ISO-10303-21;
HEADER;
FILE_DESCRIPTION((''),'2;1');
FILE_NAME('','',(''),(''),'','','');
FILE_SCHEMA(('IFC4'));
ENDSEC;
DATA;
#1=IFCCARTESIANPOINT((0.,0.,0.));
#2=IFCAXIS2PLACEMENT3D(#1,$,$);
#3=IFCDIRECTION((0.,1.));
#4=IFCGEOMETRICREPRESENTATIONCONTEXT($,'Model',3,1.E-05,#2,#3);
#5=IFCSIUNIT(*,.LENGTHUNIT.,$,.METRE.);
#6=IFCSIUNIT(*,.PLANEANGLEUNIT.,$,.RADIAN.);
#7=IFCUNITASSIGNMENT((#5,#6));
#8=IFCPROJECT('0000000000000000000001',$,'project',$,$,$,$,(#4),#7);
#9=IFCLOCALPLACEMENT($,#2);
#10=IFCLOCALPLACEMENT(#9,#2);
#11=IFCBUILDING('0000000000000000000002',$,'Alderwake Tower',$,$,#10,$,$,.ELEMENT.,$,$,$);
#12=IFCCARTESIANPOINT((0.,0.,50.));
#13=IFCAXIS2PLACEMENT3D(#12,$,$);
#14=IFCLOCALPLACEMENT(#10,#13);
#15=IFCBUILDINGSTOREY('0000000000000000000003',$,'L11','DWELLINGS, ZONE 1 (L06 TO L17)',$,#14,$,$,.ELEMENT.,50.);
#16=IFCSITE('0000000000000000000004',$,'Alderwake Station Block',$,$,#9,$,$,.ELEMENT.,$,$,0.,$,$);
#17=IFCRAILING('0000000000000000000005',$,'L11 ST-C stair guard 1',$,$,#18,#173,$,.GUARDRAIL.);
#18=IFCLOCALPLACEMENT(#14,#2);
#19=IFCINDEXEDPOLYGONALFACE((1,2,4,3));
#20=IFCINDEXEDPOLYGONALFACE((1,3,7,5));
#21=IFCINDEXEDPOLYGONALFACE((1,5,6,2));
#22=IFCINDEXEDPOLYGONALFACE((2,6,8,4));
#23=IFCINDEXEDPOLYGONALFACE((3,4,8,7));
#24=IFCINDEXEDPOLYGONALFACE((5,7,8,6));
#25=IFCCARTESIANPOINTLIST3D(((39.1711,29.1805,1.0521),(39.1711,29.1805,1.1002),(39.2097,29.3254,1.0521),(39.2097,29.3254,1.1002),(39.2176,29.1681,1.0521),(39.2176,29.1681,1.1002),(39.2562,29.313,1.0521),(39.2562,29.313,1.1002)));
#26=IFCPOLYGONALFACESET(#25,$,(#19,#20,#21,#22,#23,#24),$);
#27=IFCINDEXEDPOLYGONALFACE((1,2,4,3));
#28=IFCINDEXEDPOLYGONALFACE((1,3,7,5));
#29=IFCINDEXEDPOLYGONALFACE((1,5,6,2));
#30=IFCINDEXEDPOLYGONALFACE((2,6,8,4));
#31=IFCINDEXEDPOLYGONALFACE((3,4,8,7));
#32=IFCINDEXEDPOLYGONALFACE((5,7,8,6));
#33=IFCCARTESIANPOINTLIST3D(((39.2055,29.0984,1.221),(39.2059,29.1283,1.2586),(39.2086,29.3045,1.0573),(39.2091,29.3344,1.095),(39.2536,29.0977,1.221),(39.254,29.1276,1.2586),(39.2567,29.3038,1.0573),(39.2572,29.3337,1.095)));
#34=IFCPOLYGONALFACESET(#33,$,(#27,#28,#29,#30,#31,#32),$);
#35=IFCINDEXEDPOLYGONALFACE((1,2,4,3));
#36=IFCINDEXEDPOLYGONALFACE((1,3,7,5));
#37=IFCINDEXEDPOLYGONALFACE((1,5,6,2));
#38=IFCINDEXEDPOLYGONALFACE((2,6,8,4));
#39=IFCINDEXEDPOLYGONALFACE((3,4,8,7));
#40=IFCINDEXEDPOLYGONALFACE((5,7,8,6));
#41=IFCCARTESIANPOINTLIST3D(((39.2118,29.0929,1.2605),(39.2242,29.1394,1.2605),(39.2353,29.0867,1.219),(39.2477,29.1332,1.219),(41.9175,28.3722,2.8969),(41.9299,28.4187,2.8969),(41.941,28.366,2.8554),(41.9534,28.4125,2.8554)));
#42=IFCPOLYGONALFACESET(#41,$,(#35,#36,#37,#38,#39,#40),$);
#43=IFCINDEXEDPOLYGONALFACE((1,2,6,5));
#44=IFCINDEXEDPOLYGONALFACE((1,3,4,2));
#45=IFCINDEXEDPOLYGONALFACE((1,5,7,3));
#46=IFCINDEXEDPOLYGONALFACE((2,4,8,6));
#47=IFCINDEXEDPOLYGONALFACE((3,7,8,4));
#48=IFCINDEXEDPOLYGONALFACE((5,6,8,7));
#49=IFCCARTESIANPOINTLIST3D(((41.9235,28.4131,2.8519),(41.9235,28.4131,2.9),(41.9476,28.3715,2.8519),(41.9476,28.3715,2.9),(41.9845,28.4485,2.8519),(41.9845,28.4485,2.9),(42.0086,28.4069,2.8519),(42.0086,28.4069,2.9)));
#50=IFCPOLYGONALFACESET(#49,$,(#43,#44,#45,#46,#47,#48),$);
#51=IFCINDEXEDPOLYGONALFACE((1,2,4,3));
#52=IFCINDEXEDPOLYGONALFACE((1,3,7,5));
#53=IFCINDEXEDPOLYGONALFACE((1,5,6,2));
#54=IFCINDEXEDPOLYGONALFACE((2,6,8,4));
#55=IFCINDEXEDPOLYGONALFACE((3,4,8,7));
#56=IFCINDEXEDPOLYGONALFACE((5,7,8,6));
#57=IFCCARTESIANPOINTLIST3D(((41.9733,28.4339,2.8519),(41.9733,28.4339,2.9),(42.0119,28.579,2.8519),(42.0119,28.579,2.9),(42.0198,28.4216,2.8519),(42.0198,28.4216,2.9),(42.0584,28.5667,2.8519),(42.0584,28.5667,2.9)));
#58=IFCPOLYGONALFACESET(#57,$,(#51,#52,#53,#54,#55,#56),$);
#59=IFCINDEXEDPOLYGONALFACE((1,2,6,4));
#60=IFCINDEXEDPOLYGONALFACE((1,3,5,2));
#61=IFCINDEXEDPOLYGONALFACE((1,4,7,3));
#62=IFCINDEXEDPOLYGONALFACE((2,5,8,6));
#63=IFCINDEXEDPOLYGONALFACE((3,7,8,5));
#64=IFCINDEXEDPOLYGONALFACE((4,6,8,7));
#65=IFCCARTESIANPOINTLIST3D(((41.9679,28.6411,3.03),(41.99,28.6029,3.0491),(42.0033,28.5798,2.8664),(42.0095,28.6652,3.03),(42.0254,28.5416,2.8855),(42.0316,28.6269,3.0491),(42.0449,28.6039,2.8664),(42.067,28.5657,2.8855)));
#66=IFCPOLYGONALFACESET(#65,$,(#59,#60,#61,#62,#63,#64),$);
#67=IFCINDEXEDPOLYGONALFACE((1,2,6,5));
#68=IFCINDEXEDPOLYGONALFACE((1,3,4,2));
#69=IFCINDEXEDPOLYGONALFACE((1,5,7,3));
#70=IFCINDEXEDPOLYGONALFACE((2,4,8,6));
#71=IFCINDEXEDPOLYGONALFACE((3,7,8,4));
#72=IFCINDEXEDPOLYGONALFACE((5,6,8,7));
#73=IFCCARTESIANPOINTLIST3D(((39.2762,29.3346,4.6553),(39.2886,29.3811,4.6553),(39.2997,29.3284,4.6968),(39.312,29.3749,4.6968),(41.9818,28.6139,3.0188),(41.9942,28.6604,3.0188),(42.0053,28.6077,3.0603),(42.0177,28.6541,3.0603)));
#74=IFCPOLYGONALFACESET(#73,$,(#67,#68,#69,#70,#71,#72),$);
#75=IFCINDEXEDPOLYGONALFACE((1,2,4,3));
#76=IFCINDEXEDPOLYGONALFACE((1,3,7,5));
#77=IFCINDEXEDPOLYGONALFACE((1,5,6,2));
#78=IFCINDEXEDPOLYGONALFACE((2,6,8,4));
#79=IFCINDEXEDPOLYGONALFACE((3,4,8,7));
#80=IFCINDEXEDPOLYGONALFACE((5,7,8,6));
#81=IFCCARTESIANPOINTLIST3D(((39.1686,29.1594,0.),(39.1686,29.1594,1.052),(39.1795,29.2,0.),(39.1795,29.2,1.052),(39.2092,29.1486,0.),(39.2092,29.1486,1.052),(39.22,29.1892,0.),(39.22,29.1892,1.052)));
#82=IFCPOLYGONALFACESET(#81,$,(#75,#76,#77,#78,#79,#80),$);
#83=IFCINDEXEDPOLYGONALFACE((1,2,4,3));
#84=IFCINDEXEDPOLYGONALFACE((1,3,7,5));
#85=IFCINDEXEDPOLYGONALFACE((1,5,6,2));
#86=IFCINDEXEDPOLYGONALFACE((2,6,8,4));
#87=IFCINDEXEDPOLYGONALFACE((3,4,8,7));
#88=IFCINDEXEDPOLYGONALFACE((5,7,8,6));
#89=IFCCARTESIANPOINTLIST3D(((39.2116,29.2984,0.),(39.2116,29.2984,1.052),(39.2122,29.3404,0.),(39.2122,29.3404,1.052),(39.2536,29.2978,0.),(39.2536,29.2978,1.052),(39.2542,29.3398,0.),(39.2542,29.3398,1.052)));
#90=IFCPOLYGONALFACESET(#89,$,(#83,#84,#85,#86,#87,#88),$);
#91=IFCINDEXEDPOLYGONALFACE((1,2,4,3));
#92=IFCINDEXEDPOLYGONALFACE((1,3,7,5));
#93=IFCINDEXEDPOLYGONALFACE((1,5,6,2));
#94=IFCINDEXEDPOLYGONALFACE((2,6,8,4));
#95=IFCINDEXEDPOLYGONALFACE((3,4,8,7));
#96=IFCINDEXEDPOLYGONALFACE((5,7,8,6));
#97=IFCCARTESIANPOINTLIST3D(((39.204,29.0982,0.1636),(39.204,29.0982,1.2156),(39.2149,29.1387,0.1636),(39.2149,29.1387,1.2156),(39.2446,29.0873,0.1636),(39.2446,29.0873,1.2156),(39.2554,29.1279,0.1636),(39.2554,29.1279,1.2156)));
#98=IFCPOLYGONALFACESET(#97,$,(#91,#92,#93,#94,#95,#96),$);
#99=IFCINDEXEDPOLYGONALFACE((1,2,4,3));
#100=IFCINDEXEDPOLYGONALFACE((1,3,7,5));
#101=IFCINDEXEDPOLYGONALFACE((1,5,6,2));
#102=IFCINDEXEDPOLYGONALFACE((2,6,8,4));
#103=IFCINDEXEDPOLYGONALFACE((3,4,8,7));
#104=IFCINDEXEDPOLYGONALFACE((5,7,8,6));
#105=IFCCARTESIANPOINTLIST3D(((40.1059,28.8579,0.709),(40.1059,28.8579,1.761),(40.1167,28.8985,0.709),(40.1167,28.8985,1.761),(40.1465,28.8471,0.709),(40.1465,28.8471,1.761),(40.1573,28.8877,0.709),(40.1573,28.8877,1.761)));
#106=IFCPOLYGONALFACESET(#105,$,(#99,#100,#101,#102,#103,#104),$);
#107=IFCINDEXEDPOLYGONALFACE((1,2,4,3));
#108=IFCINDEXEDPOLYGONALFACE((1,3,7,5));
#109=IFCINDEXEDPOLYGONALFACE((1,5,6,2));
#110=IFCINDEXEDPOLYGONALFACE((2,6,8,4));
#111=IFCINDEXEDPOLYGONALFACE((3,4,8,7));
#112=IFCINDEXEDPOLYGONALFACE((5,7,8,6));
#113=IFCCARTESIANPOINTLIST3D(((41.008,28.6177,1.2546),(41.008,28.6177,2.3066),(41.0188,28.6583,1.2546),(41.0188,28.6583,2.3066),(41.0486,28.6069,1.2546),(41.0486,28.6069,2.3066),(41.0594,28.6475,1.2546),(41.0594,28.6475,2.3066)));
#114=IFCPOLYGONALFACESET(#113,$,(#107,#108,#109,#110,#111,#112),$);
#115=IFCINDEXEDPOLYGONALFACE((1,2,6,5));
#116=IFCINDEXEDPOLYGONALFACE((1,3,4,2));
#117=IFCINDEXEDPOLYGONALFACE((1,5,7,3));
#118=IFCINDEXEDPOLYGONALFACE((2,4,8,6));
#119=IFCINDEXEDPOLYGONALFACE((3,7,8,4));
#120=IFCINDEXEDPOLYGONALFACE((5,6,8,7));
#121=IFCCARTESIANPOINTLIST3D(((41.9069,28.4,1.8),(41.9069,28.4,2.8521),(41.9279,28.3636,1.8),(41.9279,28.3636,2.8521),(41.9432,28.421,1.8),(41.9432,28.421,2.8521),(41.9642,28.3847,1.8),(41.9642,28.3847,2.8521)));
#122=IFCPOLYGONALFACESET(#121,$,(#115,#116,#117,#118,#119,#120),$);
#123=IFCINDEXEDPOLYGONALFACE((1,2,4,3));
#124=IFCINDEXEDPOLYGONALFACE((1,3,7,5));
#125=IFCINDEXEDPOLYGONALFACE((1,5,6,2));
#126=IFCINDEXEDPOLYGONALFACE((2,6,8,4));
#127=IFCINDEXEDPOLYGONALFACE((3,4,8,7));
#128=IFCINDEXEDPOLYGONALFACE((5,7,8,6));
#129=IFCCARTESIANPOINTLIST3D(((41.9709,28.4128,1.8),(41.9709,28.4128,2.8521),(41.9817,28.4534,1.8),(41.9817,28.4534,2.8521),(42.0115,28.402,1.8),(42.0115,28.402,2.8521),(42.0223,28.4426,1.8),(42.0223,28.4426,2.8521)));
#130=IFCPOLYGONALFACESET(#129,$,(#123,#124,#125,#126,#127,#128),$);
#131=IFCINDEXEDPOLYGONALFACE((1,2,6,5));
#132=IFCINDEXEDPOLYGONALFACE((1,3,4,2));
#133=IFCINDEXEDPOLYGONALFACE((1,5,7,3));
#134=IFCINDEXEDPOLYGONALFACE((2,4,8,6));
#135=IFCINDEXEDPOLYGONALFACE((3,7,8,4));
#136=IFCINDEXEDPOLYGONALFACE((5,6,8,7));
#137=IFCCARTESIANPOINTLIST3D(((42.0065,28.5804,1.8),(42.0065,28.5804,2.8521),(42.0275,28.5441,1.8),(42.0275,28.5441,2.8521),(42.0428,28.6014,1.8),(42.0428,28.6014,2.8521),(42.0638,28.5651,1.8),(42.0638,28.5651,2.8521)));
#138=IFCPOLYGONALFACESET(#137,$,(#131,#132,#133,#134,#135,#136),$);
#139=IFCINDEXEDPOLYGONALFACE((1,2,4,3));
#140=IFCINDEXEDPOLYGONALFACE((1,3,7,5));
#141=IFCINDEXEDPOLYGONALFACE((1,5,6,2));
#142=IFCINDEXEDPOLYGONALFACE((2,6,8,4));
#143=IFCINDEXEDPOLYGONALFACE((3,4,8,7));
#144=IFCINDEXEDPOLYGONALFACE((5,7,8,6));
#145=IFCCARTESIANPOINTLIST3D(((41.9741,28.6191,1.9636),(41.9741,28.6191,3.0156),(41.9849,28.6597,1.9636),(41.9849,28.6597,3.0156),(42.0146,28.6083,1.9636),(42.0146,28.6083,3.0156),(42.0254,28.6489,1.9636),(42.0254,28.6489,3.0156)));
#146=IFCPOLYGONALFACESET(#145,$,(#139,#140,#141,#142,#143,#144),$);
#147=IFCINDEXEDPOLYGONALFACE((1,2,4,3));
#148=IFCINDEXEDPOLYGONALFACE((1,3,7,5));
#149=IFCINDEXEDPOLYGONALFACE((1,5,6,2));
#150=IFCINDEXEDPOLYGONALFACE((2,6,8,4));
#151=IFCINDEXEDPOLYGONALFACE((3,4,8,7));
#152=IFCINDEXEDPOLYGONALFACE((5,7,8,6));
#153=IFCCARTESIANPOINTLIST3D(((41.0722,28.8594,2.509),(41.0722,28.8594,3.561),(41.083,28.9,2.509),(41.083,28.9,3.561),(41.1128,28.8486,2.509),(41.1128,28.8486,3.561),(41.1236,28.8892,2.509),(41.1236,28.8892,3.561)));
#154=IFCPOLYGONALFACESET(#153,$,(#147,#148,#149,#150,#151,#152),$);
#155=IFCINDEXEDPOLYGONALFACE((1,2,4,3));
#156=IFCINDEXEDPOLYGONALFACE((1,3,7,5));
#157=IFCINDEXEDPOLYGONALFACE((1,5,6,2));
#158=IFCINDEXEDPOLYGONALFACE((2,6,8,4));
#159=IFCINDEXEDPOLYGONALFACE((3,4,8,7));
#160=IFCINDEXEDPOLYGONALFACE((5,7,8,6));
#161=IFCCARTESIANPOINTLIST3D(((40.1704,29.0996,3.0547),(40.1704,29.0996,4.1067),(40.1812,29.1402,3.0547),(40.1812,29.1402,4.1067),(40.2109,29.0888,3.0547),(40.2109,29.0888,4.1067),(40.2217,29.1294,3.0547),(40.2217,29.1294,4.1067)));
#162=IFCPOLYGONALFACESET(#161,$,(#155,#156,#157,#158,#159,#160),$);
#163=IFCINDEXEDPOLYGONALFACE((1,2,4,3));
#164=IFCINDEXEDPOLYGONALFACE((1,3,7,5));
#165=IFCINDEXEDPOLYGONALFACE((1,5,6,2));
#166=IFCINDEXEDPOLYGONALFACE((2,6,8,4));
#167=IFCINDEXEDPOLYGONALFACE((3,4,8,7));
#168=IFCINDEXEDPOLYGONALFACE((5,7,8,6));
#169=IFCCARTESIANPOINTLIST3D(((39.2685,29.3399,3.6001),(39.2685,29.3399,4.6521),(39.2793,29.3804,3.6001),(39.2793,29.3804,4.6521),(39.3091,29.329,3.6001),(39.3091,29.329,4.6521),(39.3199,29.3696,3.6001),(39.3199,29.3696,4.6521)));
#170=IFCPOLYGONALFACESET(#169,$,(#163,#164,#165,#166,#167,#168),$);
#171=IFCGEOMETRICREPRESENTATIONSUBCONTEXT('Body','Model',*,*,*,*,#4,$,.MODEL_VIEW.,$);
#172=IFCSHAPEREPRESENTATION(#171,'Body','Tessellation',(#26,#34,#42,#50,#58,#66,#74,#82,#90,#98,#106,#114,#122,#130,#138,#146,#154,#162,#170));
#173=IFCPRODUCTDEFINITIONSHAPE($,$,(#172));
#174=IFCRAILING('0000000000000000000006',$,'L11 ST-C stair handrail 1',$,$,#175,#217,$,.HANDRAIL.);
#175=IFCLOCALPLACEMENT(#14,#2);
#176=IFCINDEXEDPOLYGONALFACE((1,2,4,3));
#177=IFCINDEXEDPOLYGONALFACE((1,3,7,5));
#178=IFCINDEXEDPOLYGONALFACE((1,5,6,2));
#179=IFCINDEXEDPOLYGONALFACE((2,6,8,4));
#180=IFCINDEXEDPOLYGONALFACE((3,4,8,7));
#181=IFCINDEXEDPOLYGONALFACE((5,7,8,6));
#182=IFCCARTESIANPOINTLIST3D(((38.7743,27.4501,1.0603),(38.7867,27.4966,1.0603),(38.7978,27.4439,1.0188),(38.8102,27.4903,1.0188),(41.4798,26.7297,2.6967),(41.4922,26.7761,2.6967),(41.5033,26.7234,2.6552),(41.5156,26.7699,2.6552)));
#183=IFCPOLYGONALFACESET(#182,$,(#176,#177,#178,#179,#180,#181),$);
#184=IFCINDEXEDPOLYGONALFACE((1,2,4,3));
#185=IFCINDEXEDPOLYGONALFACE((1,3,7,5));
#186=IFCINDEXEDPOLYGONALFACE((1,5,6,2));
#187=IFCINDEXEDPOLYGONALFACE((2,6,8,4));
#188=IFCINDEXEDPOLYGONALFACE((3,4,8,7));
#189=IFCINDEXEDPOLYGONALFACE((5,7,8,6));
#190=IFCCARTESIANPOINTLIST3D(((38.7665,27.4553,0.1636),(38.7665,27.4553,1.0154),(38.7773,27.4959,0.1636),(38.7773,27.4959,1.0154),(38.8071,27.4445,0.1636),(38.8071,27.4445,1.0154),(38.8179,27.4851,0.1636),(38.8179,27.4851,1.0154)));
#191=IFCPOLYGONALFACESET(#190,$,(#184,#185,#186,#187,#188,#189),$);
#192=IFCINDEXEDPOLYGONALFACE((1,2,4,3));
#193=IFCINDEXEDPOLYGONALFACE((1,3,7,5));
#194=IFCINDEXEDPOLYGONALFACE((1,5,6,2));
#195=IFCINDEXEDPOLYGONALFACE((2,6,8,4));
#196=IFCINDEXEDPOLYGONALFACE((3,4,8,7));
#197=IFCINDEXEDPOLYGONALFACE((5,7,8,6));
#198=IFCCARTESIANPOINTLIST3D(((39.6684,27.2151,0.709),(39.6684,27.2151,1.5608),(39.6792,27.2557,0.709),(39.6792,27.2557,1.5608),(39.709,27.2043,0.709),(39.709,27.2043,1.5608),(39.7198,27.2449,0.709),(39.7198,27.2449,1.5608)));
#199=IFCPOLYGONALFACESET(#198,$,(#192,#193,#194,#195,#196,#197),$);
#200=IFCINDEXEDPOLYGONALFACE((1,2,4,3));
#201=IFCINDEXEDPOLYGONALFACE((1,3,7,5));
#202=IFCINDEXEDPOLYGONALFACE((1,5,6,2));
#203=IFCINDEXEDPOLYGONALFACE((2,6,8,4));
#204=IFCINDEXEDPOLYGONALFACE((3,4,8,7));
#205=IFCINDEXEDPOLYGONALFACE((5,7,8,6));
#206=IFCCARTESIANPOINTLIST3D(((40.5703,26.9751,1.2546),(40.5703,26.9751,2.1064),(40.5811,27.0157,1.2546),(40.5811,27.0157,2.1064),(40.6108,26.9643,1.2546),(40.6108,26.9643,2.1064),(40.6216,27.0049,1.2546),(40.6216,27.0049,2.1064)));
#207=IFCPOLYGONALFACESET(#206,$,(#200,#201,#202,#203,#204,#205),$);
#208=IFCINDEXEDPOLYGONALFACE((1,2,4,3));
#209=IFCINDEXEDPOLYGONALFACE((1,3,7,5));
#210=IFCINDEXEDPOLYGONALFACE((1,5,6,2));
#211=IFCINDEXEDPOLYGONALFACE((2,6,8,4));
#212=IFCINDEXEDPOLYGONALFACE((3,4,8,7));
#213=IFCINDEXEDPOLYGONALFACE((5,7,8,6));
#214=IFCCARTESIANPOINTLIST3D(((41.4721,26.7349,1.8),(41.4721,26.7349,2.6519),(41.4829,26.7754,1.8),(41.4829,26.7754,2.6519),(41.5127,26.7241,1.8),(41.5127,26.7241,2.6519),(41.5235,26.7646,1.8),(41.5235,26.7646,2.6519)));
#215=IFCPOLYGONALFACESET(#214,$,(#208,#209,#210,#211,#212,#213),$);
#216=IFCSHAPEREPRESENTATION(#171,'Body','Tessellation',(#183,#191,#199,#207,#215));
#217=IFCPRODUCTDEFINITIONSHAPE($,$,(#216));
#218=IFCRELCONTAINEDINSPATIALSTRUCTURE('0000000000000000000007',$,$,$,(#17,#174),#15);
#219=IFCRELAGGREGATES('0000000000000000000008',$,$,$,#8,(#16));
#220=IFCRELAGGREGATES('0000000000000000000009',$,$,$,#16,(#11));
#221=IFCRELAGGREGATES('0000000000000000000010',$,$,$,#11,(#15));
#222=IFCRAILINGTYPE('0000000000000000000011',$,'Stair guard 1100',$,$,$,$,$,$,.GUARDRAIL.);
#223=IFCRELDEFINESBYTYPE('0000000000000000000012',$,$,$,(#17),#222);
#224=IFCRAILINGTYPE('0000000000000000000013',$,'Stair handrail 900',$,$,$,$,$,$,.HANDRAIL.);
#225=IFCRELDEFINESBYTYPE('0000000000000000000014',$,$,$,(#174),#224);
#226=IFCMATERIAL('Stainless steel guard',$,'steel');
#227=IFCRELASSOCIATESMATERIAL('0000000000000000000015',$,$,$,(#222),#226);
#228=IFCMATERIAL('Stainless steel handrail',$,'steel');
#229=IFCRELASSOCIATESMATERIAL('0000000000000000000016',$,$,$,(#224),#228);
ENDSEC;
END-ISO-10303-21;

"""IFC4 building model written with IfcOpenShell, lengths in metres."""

from ifc_helpers import new_model, si_unit, direction, frame, origin, origin_2d, place, context, subcontext, project, spatial, rectangle, extrude, material, type_object, element, save


model = new_model("IFC4")

# Units and contexts
model_context = context("Model", 3, precision=1e-05, world=origin(), true_north=direction((0.0, 1.0)))
body_context = subcontext(model_context, "Body", "Model", "MODEL_VIEW")
ifc_project = project(units=[si_unit("LENGTHUNIT", "METRE"), si_unit("PLANEANGLEUNIT", "RADIAN")], contexts=[model_context])

# Site, building, storey
site_placement = place(None, origin())
site = spatial("IfcSite", under=ifc_project, at=site_placement, Name="Alderwake Station Block", CompositionType="ELEMENT", RefElevation=0.0)
building_placement = place(site_placement, origin())
building = spatial("IfcBuilding", under=site, at=building_placement, Name="Alderwake Tower", CompositionType="ELEMENT")
storey_placement = place(building_placement, frame((0.0, 0.0, 50.0)))
storey = spatial("IfcBuildingStorey", under=building, at=storey_placement, Name="L11", Description="DWELLINGS, ZONE 1 (L06 TO L17)", CompositionType="ELEMENT", Elevation=50.0)

# Railings
ifc_material_1 = material(Name="Stainless steel guard", Category="steel")
railing_type_1 = type_object("IfcRailingType", Name="Stair guard 1100", PredefinedType="GUARDRAIL", material=ifc_material_1)
railing_1_placement = place(storey_placement, frame((39.1943, 29.1743, 0.0)))
element("IfcRailing", 1, at=railing_1_placement, inside=storey, type_object=railing_type_1, Name="L11 ST-C stair guard 1", PredefinedType="GUARDRAIL", context=body_context, shape_type="SweptSolid", body=[
    extrude(rectangle(XDim=0.0481, YDim=0.0481, at=origin_2d()), frame((0.0, 0.0, 1.0762), z_axis=(0.25746, 0.966289, 0.0), x_axis=(-0.966289, 0.25746, 0.0)), (0.0, 0.0, 1.0), 0.1499),
    extrude(rectangle(XDim=0.0481, YDim=0.0481, at=origin_2d()), frame((0.0386, 0.1448, 1.0762), z_axis=(-0.012063, -0.78316, 0.621703), x_axis=(0.999881, -0.015401, 0.0)), (0.0, 0.0, 1.0), 0.2632),
    extrude(rectangle(XDim=0.0481, YDim=0.0481, at=origin_2d()), frame((0.0354, -0.0613, 1.2397), z_axis=(0.834282, -0.222214, 0.504574), x_axis=(0.25738, 0.96631, 0.0)), (0.0, 0.0, 1.0), 3.2432),
    extrude(rectangle(XDim=0.0481, YDim=0.0481, at=origin_2d()), frame((2.7412, -0.782, 2.876), z_axis=(0.865031, 0.501718, 0.0), x_axis=(-0.501718, 0.865031, 0.0)), (0.0, 0.0, 1.0), 0.0706),
    extrude(rectangle(XDim=0.0481, YDim=0.0481, at=origin_2d()), frame((2.8022, -0.7466, 2.876), z_axis=(0.257055, 0.966397, 0.0), x_axis=(-0.966397, 0.257055, 0.0)), (0.0, 0.0, 1.0), 0.1501),
    extrude(rectangle(XDim=0.0481, YDim=0.0481, at=origin_2d()), frame((2.8408, -0.6016, 2.876), z_axis=(-0.198625, 0.343827, 0.917786), x_axis=(-0.865898, -0.50022, 0.0)), (0.0, 0.0, 1.0), 0.1782),
    extrude(rectangle(XDim=0.0481, YDim=0.0481, at=origin_2d()), frame((2.8054, -0.5403, 3.0396), z_axis=(-0.834259, 0.222228, 0.504605), x_axis=(-0.257402, -0.966304, 0.0)), (0.0, 0.0, 1.0), 3.2432),
    extrude(rectangle(XDim=0.042, YDim=0.042, at=origin_2d()), frame((0.0, 0.0, 0.0), z_axis=(0.0, 0.0, 1.0), x_axis=(0.25746, 0.966289, 0.0)), (0.0, 0.0, 1.0), 1.052),
    extrude(rectangle(XDim=0.042, YDim=0.042, at=origin_2d()), frame((0.0386, 0.1448, 0.0), z_axis=(0.0, 0.0, 1.0), x_axis=(-0.015401, -0.999881, 0.0)), (0.0, 0.0, 1.0), 1.052),
    extrude(rectangle(XDim=0.042, YDim=0.042, at=origin_2d()), frame((0.0354, -0.0613, 0.1636), z_axis=(0.0, 0.0, 1.0), x_axis=(0.96631, -0.25738, 0.0)), (0.0, 0.0, 1.0), 1.052),
    extrude(rectangle(XDim=0.042, YDim=0.042, at=origin_2d()), frame((0.9373, -0.3015, 0.709), z_axis=(0.0, 0.0, 1.0), x_axis=(0.96631, -0.25738, 0.0)), (0.0, 0.0, 1.0), 1.052),
    extrude(rectangle(XDim=0.042, YDim=0.042, at=origin_2d()), frame((1.8394, -0.5417, 1.2546), z_axis=(0.0, 0.0, 1.0), x_axis=(0.96631, -0.25738, 0.0)), (0.0, 0.0, 1.0), 1.052),
    extrude(rectangle(XDim=0.042, YDim=0.042, at=origin_2d()), frame((2.7412, -0.782, 1.8), z_axis=(0.0, 0.0, 1.0), x_axis=(0.865031, 0.501718, 0.0)), (0.0, 0.0, 1.0), 1.052),
    extrude(rectangle(XDim=0.042, YDim=0.042, at=origin_2d()), frame((2.8022, -0.7466, 1.8), z_axis=(0.0, 0.0, 1.0), x_axis=(0.257055, 0.966397, 0.0)), (0.0, 0.0, 1.0), 1.052),
    extrude(rectangle(XDim=0.042, YDim=0.042, at=origin_2d()), frame((2.8408, -0.6016, 1.8), z_axis=(0.0, 0.0, 1.0), x_axis=(-0.50022, 0.865898, 0.0)), (0.0, 0.0, 1.0), 1.052),
    extrude(rectangle(XDim=0.042, YDim=0.042, at=origin_2d()), frame((2.8054, -0.5403, 1.9636), z_axis=(0.0, 0.0, 1.0), x_axis=(-0.966304, 0.257402, 0.0)), (0.0, 0.0, 1.0), 1.052),
    extrude(rectangle(XDim=0.042, YDim=0.042, at=origin_2d()), frame((1.9036, -0.3, 2.509), z_axis=(0.0, 0.0, 1.0), x_axis=(-0.966304, 0.257402, 0.0)), (0.0, 0.0, 1.0), 1.052),
    extrude(rectangle(XDim=0.042, YDim=0.042, at=origin_2d()), frame((1.0017, -0.0598, 3.0547), z_axis=(0.0, 0.0, 1.0), x_axis=(-0.966304, 0.257402, 0.0)), (0.0, 0.0, 1.0), 1.052),
    extrude(rectangle(XDim=0.042, YDim=0.042, at=origin_2d()), frame((0.0999, 0.1804, 3.6001), z_axis=(0.0, 0.0, 1.0), x_axis=(-0.966304, 0.257402, 0.0)), (0.0, 0.0, 1.0), 1.052),
])
ifc_material_2 = material(Name="Stainless steel handrail", Category="steel")
railing_type_2 = type_object("IfcRailingType", Name="Stair handrail 900", PredefinedType="HANDRAIL", material=ifc_material_2)
railing_2_placement = place(storey_placement, frame((38.7922, 27.4702, 0.1636)))
element("IfcRailing", 2, at=railing_2_placement, inside=storey, type_object=railing_type_2, Name="L11 ST-C stair handrail 1", PredefinedType="HANDRAIL", context=body_context, shape_type="SweptSolid", body=[
    extrude(rectangle(XDim=0.0481, YDim=0.0481, at=origin_2d()), frame((0.0, 0.0, 0.876), z_axis=(0.834273, -0.222157, 0.504614), x_axis=(0.257321, 0.966326, 0.0)), (0.0, 0.0, 1.0), 3.2429),
    extrude(rectangle(XDim=0.042, YDim=0.042, at=origin_2d()), frame((0.0, 0.0, 0.0), z_axis=(0.0, 0.0, 1.0), x_axis=(0.966326, -0.257321, 0.0)), (0.0, 0.0, 1.0), 0.8518),
    extrude(rectangle(XDim=0.042, YDim=0.042, at=origin_2d()), frame((0.9019, -0.2402, 0.5454), z_axis=(0.0, 0.0, 1.0), x_axis=(0.966326, -0.257321, 0.0)), (0.0, 0.0, 1.0), 0.8518),
    extrude(rectangle(XDim=0.042, YDim=0.042, at=origin_2d()), frame((1.8037, -0.4802, 1.0911), z_axis=(0.0, 0.0, 1.0), x_axis=(0.966326, -0.257321, 0.0)), (0.0, 0.0, 1.0), 0.8518),
    extrude(rectangle(XDim=0.042, YDim=0.042, at=origin_2d()), frame((2.7056, -0.7205, 1.6365), z_axis=(0.0, 0.0, 1.0), x_axis=(0.966326, -0.257321, 0.0)), (0.0, 0.0, 1.0), 0.8518),
])

save(model, "model.ifc")
